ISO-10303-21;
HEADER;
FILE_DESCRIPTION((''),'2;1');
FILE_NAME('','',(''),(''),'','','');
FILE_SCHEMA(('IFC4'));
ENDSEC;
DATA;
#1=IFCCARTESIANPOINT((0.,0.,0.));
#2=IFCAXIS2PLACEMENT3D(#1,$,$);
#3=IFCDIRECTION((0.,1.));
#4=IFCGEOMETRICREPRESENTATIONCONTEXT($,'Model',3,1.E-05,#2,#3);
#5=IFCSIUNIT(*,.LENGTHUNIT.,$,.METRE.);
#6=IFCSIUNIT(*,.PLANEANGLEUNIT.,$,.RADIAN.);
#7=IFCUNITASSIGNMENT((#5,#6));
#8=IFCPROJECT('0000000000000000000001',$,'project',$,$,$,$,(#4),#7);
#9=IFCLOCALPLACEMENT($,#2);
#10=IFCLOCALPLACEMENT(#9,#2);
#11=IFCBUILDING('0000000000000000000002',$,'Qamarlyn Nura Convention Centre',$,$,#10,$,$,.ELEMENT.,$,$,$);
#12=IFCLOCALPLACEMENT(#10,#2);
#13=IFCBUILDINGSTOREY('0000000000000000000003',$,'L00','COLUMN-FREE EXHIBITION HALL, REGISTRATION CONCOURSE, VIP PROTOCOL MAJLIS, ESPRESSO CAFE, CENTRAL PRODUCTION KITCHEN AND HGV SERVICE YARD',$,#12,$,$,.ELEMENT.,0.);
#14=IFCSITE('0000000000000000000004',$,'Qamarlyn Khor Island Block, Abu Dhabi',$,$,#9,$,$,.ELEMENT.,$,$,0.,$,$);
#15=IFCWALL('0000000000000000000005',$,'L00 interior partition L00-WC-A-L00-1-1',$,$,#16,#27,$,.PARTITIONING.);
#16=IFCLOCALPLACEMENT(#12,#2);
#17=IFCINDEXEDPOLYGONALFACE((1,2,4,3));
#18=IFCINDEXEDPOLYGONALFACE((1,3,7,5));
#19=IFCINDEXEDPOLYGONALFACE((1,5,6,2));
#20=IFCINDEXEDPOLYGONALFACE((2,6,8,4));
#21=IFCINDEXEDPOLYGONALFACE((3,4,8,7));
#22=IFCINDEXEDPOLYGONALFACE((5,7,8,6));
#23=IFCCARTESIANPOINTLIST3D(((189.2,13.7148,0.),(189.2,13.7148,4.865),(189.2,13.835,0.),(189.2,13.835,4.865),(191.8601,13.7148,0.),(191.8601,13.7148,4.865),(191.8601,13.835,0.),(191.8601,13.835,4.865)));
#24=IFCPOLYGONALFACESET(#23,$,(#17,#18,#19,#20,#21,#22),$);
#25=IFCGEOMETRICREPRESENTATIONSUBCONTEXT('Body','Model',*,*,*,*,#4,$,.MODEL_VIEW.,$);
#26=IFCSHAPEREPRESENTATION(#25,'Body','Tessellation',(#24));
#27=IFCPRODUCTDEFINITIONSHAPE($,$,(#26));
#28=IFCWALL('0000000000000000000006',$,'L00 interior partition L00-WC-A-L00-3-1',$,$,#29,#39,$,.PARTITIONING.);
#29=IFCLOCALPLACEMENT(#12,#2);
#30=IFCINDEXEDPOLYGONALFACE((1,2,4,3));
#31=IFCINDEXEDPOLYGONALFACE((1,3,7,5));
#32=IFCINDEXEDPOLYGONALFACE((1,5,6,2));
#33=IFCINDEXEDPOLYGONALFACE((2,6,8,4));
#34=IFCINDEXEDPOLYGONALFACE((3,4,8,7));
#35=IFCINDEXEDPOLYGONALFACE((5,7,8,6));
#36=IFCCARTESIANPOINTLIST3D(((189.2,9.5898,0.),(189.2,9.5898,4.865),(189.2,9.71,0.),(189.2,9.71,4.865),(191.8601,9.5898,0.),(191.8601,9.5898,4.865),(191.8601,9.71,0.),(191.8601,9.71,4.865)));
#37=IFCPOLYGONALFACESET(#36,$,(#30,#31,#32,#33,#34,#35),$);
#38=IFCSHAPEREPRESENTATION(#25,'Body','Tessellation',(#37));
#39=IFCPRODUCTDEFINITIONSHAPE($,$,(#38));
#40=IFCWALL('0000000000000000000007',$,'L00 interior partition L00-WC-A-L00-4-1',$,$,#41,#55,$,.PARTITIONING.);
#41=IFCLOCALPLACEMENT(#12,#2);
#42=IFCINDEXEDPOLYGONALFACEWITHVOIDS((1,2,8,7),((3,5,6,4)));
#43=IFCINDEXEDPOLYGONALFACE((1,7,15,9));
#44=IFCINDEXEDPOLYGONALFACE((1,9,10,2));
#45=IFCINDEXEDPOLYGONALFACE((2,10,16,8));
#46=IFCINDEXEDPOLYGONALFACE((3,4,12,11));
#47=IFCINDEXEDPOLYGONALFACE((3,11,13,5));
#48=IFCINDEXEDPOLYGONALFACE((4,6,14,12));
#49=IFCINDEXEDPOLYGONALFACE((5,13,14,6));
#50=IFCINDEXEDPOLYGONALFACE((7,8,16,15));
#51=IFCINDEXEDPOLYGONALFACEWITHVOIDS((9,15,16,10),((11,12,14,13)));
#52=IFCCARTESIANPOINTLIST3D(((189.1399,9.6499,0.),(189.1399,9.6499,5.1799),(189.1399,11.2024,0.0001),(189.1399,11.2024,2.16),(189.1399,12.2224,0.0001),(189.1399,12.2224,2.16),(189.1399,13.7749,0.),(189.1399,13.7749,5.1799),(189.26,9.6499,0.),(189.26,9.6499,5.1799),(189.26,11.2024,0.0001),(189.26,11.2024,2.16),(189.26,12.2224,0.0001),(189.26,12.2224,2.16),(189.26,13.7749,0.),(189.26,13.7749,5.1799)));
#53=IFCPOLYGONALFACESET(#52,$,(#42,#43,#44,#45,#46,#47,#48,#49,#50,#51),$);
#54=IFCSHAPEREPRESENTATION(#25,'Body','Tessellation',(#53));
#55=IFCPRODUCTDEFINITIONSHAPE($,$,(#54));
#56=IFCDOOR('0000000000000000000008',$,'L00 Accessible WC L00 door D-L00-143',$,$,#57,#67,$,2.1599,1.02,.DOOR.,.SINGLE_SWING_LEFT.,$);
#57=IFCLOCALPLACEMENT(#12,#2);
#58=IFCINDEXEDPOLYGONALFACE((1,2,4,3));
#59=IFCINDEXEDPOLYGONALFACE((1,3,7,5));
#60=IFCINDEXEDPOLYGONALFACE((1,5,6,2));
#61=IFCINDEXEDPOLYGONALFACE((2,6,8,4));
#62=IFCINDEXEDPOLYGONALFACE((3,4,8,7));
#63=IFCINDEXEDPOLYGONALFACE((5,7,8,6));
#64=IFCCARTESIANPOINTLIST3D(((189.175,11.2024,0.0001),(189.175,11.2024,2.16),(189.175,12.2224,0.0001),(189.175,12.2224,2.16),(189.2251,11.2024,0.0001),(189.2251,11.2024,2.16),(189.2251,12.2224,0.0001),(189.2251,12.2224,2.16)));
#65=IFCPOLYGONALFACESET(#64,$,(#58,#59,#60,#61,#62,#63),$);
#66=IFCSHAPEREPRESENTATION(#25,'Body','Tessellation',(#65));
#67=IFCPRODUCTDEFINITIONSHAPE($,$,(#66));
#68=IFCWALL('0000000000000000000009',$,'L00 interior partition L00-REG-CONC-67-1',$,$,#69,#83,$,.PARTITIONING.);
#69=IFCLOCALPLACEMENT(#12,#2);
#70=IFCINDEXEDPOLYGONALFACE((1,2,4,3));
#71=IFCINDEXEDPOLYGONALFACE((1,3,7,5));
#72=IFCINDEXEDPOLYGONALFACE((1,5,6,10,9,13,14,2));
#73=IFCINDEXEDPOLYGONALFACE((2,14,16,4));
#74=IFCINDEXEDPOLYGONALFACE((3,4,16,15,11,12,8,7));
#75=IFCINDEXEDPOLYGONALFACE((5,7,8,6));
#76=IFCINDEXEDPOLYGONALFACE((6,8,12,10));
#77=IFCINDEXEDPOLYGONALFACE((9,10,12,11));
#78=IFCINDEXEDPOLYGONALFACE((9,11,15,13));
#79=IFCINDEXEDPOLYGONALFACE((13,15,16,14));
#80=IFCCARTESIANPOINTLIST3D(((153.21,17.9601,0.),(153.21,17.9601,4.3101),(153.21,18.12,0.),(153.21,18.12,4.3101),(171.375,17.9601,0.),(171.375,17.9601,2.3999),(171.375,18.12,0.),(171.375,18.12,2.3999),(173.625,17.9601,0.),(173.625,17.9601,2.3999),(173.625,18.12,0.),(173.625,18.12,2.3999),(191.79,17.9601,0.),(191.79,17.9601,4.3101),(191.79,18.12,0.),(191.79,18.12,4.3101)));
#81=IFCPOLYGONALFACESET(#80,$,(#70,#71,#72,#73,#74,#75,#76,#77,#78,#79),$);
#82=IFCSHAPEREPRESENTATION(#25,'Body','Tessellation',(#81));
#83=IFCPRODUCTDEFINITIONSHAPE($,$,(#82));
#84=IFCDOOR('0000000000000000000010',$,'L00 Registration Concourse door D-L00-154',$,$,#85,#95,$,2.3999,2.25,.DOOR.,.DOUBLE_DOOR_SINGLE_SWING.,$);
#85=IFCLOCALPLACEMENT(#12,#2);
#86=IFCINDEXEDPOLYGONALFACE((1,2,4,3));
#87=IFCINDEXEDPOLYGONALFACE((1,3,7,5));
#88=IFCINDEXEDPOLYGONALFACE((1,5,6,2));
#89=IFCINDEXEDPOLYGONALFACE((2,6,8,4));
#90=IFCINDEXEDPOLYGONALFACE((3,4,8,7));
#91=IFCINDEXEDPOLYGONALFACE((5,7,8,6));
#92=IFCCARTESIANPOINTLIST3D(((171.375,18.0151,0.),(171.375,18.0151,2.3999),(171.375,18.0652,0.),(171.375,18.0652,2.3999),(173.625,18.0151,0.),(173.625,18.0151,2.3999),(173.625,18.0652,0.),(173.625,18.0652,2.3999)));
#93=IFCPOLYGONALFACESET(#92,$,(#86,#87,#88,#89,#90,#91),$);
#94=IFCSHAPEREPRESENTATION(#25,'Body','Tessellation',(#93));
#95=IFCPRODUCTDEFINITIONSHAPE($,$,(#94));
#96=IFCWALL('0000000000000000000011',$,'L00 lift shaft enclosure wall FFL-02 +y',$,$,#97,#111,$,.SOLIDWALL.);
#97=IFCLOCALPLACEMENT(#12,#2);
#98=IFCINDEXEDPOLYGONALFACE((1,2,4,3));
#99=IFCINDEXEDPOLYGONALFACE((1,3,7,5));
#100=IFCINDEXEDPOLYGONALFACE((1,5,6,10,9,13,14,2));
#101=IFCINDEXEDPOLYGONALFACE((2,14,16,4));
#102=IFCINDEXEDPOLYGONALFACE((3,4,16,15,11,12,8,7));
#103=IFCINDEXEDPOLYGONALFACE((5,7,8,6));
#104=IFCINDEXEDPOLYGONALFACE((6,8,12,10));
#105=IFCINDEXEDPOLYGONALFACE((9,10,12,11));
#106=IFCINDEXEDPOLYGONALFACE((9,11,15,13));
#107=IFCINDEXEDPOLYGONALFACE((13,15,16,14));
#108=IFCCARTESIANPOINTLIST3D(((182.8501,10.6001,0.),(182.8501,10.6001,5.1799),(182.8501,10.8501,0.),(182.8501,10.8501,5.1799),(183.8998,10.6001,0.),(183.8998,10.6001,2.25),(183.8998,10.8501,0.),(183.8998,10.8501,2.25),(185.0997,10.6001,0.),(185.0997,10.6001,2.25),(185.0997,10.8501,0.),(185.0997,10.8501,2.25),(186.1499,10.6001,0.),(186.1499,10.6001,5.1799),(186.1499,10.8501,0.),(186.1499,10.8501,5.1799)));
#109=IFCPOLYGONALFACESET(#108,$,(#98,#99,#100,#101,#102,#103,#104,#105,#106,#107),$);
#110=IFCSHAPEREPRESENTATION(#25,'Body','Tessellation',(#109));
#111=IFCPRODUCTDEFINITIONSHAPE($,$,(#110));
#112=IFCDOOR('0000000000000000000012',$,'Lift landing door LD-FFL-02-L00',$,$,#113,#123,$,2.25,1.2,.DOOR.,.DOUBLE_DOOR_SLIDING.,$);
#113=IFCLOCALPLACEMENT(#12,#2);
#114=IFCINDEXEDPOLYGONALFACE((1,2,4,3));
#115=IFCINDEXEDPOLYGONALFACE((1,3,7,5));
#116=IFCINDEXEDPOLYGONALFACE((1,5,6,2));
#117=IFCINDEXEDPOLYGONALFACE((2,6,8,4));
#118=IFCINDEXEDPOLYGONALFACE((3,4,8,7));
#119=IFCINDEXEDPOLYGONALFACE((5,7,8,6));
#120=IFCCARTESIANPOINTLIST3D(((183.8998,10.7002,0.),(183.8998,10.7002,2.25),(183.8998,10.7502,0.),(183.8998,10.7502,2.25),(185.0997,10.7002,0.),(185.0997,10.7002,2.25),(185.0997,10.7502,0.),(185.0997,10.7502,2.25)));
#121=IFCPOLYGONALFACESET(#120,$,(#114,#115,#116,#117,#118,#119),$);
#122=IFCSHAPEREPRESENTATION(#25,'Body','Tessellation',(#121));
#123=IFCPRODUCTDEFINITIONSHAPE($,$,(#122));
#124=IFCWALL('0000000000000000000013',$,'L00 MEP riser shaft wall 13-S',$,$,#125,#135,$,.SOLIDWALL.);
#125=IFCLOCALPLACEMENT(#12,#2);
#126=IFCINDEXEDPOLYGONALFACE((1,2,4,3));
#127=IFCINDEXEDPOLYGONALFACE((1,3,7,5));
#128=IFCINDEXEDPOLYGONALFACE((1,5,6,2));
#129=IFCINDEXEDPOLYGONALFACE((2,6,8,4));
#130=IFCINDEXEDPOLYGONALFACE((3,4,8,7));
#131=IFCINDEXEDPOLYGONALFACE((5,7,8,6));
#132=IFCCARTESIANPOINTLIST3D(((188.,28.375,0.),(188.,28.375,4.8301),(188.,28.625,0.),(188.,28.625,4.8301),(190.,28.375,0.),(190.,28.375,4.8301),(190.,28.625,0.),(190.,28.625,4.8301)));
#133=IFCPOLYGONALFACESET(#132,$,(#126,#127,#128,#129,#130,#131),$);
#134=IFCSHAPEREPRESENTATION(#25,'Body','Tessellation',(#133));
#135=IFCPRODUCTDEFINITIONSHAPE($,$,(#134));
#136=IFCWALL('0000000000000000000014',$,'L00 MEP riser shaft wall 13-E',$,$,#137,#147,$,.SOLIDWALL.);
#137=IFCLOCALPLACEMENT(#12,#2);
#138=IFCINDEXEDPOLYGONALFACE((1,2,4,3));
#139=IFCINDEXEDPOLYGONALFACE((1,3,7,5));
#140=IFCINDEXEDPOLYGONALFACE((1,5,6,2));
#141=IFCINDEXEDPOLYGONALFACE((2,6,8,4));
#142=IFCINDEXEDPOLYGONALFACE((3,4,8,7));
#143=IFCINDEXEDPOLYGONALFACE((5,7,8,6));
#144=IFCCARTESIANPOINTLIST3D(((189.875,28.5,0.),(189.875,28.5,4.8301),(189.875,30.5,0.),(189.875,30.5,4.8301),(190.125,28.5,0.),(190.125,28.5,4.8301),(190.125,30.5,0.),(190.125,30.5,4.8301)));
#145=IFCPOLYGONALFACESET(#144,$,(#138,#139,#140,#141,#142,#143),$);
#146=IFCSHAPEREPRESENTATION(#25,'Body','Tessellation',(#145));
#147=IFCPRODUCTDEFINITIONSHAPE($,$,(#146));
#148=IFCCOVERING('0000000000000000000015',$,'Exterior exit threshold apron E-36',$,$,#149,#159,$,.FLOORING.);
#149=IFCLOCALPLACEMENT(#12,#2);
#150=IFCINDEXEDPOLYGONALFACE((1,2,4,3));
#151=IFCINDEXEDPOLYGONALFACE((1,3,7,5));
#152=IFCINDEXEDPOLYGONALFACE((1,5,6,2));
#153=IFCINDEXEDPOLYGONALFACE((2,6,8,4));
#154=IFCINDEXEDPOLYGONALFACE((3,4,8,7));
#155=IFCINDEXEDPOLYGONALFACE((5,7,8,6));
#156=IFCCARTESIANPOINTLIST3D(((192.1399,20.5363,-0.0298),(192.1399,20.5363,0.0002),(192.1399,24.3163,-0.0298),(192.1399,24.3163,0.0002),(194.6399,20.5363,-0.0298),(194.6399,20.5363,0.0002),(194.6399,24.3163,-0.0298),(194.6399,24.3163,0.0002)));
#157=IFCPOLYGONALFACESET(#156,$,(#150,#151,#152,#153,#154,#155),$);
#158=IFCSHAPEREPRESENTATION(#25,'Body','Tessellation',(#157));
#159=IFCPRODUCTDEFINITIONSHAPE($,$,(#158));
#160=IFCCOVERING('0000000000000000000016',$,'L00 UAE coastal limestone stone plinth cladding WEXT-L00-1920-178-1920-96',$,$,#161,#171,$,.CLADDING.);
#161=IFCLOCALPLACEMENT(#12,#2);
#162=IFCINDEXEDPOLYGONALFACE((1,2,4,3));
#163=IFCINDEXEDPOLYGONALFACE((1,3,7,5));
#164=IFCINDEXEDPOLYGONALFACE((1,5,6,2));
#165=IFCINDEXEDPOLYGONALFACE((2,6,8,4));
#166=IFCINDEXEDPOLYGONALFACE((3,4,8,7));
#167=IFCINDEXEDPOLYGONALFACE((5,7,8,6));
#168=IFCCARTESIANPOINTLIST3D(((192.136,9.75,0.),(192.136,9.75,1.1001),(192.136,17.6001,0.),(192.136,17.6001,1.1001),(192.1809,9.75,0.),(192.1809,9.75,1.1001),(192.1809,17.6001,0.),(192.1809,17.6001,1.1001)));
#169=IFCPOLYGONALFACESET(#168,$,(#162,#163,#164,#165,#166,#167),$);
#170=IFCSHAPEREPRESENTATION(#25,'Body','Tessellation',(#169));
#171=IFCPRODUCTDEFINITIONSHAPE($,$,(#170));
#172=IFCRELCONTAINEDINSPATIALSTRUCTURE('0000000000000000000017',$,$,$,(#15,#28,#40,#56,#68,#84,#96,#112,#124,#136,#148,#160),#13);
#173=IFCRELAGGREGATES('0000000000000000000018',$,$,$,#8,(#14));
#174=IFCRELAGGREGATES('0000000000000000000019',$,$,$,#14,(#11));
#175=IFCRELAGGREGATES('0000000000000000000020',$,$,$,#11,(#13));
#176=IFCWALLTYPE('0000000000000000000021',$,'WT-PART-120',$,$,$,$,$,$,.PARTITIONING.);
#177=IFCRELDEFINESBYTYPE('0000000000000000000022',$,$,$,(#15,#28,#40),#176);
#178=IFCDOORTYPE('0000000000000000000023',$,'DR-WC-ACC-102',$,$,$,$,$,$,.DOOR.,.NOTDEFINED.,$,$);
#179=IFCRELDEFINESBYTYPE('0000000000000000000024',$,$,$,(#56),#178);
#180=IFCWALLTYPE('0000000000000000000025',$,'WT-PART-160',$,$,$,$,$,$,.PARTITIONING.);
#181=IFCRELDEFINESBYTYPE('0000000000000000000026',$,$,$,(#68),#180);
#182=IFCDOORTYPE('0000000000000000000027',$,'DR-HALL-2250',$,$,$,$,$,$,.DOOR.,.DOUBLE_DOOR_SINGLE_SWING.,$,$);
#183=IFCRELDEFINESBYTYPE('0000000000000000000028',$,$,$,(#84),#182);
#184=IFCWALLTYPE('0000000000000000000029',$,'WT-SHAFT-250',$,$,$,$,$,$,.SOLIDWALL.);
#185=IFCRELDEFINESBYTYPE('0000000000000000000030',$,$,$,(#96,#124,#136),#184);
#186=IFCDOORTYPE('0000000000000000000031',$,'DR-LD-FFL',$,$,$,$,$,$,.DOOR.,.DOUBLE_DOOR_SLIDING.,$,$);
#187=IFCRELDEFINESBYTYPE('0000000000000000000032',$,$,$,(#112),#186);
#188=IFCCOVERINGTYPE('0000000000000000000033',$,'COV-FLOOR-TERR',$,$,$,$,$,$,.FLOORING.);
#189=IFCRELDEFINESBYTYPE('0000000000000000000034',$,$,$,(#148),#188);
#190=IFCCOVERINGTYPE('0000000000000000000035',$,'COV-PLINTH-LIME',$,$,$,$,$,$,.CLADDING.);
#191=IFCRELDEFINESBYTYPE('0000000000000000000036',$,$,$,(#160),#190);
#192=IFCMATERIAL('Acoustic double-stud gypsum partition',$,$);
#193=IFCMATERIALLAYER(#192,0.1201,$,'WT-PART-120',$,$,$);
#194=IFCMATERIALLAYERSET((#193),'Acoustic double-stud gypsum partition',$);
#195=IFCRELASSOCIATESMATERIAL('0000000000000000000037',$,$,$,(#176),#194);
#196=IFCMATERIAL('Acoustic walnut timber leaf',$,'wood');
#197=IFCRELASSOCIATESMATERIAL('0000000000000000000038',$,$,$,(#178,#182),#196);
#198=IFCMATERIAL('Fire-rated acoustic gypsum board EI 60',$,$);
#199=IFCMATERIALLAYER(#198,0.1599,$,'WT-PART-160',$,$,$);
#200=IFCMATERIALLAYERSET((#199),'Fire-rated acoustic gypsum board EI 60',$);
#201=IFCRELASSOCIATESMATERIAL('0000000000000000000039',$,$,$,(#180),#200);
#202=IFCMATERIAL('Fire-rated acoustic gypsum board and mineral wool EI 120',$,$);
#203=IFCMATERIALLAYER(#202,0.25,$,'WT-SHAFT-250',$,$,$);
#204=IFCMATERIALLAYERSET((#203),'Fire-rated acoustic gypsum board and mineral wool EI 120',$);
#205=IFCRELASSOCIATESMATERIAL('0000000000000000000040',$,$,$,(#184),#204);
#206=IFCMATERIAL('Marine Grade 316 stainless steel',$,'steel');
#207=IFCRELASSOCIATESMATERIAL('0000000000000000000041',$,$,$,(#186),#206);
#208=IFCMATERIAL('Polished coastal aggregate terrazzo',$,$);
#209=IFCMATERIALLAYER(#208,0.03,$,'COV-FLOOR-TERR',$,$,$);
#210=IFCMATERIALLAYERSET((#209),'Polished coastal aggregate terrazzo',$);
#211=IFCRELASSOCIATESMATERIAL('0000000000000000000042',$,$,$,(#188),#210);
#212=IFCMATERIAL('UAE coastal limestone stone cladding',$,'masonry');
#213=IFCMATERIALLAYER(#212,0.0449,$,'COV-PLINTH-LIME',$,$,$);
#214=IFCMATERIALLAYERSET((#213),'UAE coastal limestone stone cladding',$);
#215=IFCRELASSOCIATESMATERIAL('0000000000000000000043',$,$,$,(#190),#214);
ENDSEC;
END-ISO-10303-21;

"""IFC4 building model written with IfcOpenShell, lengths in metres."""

from ifc_helpers import new_model, si_unit, direction, frame, frame_2d, origin, origin_2d, place, context, subcontext, project, spatial, rectangle, extrude, material, layer, layer_set, type_object, element, fill, save


model = new_model("IFC4")

# Units and contexts
model_context = context("Model", 3, precision=1e-05, world=origin(), true_north=direction((0.0, 1.0)))
body_context = subcontext(model_context, "Body", "Model", "MODEL_VIEW")
ifc_project = project(units=[si_unit("LENGTHUNIT", "METRE"), si_unit("PLANEANGLEUNIT", "RADIAN")], contexts=[model_context])

# Site, building, storey
site_placement = place(None, origin())
site = spatial("IfcSite", under=ifc_project, at=site_placement, Name="Qamarlyn Khor Island Block, Abu Dhabi", CompositionType="ELEMENT", RefElevation=0.0)
building_placement = place(site_placement, origin())
building = spatial("IfcBuilding", under=site, at=building_placement, Name="Qamarlyn Nura Convention Centre", CompositionType="ELEMENT")
storey_placement = place(building_placement, origin())
storey = spatial("IfcBuildingStorey", under=building, at=storey_placement, Name="L00", Description="COLUMN-FREE EXHIBITION HALL, REGISTRATION CONCOURSE, VIP PROTOCOL MAJLIS, ESPRESSO CAFE, CENTRAL PRODUCTION KITCHEN AND HGV SERVICE YARD", CompositionType="ELEMENT", Elevation=0.0)

# Shared definitions
ifc_material_1 = material(Name="Fire-rated acoustic gypsum board and mineral wool EI 120")

# Walls
ifc_material_2 = material(Name="Acoustic double-stud gypsum partition")
ifc_layer_1 = layer(ifc_material_2, 0.1201, Name="WT-PART-120")
ifc_layer_set_1 = layer_set([ifc_layer_1], Name="Acoustic double-stud gypsum partition")
wall_type_1 = type_object("IfcWallType", Name="WT-PART-120", PredefinedType="PARTITIONING", material=ifc_layer_set_1)
for number, where, z_axis, x_axis, name in (
    (1, (189.2, 13.7749, 0.0), (0.0, 0.0, 1.0), (1.0, 0.0, 0.0), "L00 interior partition L00-WC-A-L00-1-1"),
    (2, (191.8601, 9.6499, 0.0), (0.0, 0.0, 1.0), (-1.0, 0.0, 0.0), "L00 interior partition L00-WC-A-L00-3-1"),
):
    element("IfcWall", number, at=place(storey_placement, frame(where, z_axis=z_axis, x_axis=x_axis)), inside=storey, type_object=wall_type_1, Name=name, PredefinedType="PARTITIONING", context=body_context, shape_type="SweptSolid", body=[
        extrude(rectangle(XDim=2.6602, YDim=0.1201, at=frame_2d((1.3301, 0.0))), origin(), (0.0, 0.0, 1.0), 4.865),
    ])

# Walls, openings, doors
wall_1_placement = place(storey_placement, frame((189.2, 9.6499, 0.0), z_axis=(0.0, 0.0, 1.0), x_axis=(0.0, 1.0, 0.0)))
wall_1 = element("IfcWall", 3, at=wall_1_placement, inside=storey, type_object=wall_type_1, Name="L00 interior partition L00-WC-A-L00-4-1", PredefinedType="PARTITIONING", context=body_context, shape_type="SweptSolid", body=[
    extrude(rectangle(XDim=4.125, YDim=0.1201, at=frame_2d((2.0625, 0.0))), origin(), (0.0, 0.0, 1.0), 5.1799),
])
opening_1_placement = place(wall_1_placement, frame((1.5525, 0.0, 0.0)))
opening_1 = element("IfcOpeningElement", 4, at=opening_1_placement, cuts=wall_1, PredefinedType="OPENING", context=body_context, shape_type="SweptSolid", body=[
    extrude(rectangle(XDim=1.02, YDim=2.1599, at=frame_2d((0.51, 1.0801))), frame((0.0, 0.0701, 0.0), z_axis=(0.0, -1.0, 0.0), x_axis=(1.0, 0.0, 0.0)), (0.0, 0.0, 1.0), 0.1401),
])
ifc_material_3 = material(Name="Acoustic walnut timber leaf", Category="wood")
door_type_1 = type_object("IfcDoorType", Name="DR-WC-ACC-102", OperationType="NOTDEFINED", PredefinedType="DOOR", material=ifc_material_3)
door_1_placement = place(opening_1_placement, origin())
door_1 = element("IfcDoor", 5, at=door_1_placement, inside=storey, type_object=door_type_1, Name="L00 Accessible WC L00 door D-L00-143", OperationType="SINGLE_SWING_LEFT", OverallHeight=2.1599, OverallWidth=1.02, PredefinedType="DOOR", context=body_context, shape_type="SweptSolid", body=[
    extrude(rectangle(XDim=1.02, YDim=2.1599, at=frame_2d((0.51, 1.0801))), frame((0.0, 0.0249, 0.0), z_axis=(0.0, -1.0, 0.0), x_axis=(1.0, 0.0, 0.0)), (0.0, 0.0, 1.0), 0.05),
])
fill(opening_1, door_1)
ifc_material_4 = material(Name="Fire-rated acoustic gypsum board EI 60")
ifc_layer_2 = layer(ifc_material_4, 0.1599, Name="WT-PART-160")
ifc_layer_set_2 = layer_set([ifc_layer_2], Name="Fire-rated acoustic gypsum board EI 60")
wall_type_2 = type_object("IfcWallType", Name="WT-PART-160", PredefinedType="PARTITIONING", material=ifc_layer_set_2)
wall_2_placement = place(storey_placement, frame((191.79, 18.04, 0.0), z_axis=(0.0, 0.0, 1.0), x_axis=(-1.0, 0.0, 0.0)))
wall_2 = element("IfcWall", 6, at=wall_2_placement, inside=storey, type_object=wall_type_2, Name="L00 interior partition L00-REG-CONC-67-1", PredefinedType="PARTITIONING", context=body_context, shape_type="SweptSolid", body=[
    extrude(rectangle(XDim=38.5801, YDim=0.1599, at=frame_2d((19.29, 0.0))), origin(), (0.0, 0.0, 1.0), 4.3101),
])
opening_2_placement = place(wall_2_placement, frame((18.165, 0.0, 0.0)))
opening_2 = element("IfcOpeningElement", 7, at=opening_2_placement, cuts=wall_2, PredefinedType="OPENING", context=body_context, shape_type="SweptSolid", body=[
    extrude(rectangle(XDim=2.25, YDim=2.3999, at=frame_2d((1.125, 1.2))), frame((0.0, 0.0898, 0.0), z_axis=(0.0, -1.0, 0.0), x_axis=(1.0, 0.0, 0.0)), (0.0, 0.0, 1.0), 0.1799),
])
door_type_2 = type_object("IfcDoorType", Name="DR-HALL-2250", OperationType="DOUBLE_DOOR_SINGLE_SWING", PredefinedType="DOOR", material=ifc_material_3)
door_2_placement = place(opening_2_placement, origin())
door_2 = element("IfcDoor", 8, at=door_2_placement, inside=storey, type_object=door_type_2, Name="L00 Registration Concourse door D-L00-154", OperationType="DOUBLE_DOOR_SINGLE_SWING", OverallHeight=2.3999, OverallWidth=2.25, PredefinedType="DOOR", context=body_context, shape_type="SweptSolid", body=[
    extrude(rectangle(XDim=2.25, YDim=2.3999, at=frame_2d((1.125, 1.2))), frame((0.0, 0.0249, 0.0), z_axis=(0.0, -1.0, 0.0), x_axis=(1.0, 0.0, 0.0)), (0.0, 0.0, 1.0), 0.05),
])
fill(opening_2, door_2)
ifc_layer_3 = layer(ifc_material_1, 0.25, Name="WT-SHAFT-250")
ifc_layer_set_3 = layer_set([ifc_layer_3], Name="Fire-rated acoustic gypsum board and mineral wool EI 120")
wall_type_3 = type_object("IfcWallType", Name="WT-SHAFT-250", PredefinedType="SOLIDWALL", material=ifc_layer_set_3)
wall_3_placement = place(storey_placement, frame((186.1499, 10.7251, 0.0), z_axis=(0.0, 0.0, 1.0), x_axis=(-1.0, 0.0, 0.0)))
wall_3 = element("IfcWall", 9, at=wall_3_placement, inside=storey, type_object=wall_type_3, Name="L00 lift shaft enclosure wall FFL-02 +y", PredefinedType="SOLIDWALL", context=body_context, shape_type="SweptSolid", body=[
    extrude(rectangle(XDim=3.2998, YDim=0.25, at=frame_2d((1.6499, 0.0))), origin(), (0.0, 0.0, 1.0), 5.1799),
])
opening_3_placement = place(wall_3_placement, frame((1.05, 0.0, 0.0)))
opening_3 = element("IfcOpeningElement", 10, at=opening_3_placement, cuts=wall_3, PredefinedType="OPENING", context=body_context, shape_type="SweptSolid", body=[
    extrude(rectangle(XDim=1.2, YDim=2.25, at=frame_2d((0.6001, 1.125))), frame((0.0, 0.135, 0.0), z_axis=(0.0, -1.0, 0.0), x_axis=(1.0, 0.0, 0.0)), (0.0, 0.0, 1.0), 0.27),
])
ifc_material_5 = material(Name="Marine Grade 316 stainless steel", Category="steel")
door_type_3 = type_object("IfcDoorType", Name="DR-LD-FFL", OperationType="DOUBLE_DOOR_SLIDING", PredefinedType="DOOR", material=ifc_material_5)
door_3_placement = place(opening_3_placement, origin())
door_3 = element("IfcDoor", 11, at=door_3_placement, inside=storey, type_object=door_type_3, Name="Lift landing door LD-FFL-02-L00", OperationType="DOUBLE_DOOR_SLIDING", OverallHeight=2.25, OverallWidth=1.2, PredefinedType="DOOR", context=body_context, shape_type="SweptSolid", body=[
    extrude(rectangle(XDim=1.2, YDim=2.25, at=frame_2d((0.6001, 1.125))), frame((0.0, 0.0249, 0.0), z_axis=(0.0, -1.0, 0.0), x_axis=(1.0, 0.0, 0.0)), (0.0, 0.0, 1.0), 0.05),
])
fill(opening_3, door_3)

# Walls
for number, where, z_axis, x_axis, name in (
    (12, (188.0, 28.5, 0.0), (0.0, 0.0, 1.0), (1.0, 0.0, 0.0), "L00 MEP riser shaft wall 13-S"),
    (13, (190.0, 28.5, 0.0), (0.0, 0.0, 1.0), (0.0, 1.0, 0.0), "L00 MEP riser shaft wall 13-E"),
):
    element("IfcWall", number, at=place(storey_placement, frame(where, z_axis=z_axis, x_axis=x_axis)), inside=storey, type_object=wall_type_3, Name=name, PredefinedType="SOLIDWALL", context=body_context, shape_type="SweptSolid", body=[
        extrude(rectangle(XDim=2.0, YDim=0.25, at=frame_2d((1.0, 0.0))), origin(), (0.0, 0.0, 1.0), 4.8301),
    ])

# Coverings
ifc_material_6 = material(Name="Polished coastal aggregate terrazzo")
ifc_layer_4 = layer(ifc_material_6, 0.03, Name="COV-FLOOR-TERR")
ifc_layer_set_4 = layer_set([ifc_layer_4], Name="Polished coastal aggregate terrazzo")
covering_type_1 = type_object("IfcCoveringType", Name="COV-FLOOR-TERR", PredefinedType="FLOORING", material=ifc_layer_set_4)
covering_1_placement = place(storey_placement, frame((193.3899, 22.4263, -0.0298), z_axis=(0.0, 0.0, 1.0), x_axis=(0.0, -1.0, 0.0)))
element("IfcCovering", 14, at=covering_1_placement, inside=storey, type_object=covering_type_1, Name="Exterior exit threshold apron E-36", PredefinedType="FLOORING", context=body_context, shape_type="SweptSolid", body=[
    extrude(rectangle(XDim=3.78, YDim=2.5, at=origin_2d()), origin(), (0.0, 0.0, 1.0), 0.03),
])
ifc_material_7 = material(Name="UAE coastal limestone stone cladding", Category="masonry")
ifc_layer_5 = layer(ifc_material_7, 0.0449, Name="COV-PLINTH-LIME")
ifc_layer_set_5 = layer_set([ifc_layer_5], Name="UAE coastal limestone stone cladding")
covering_type_2 = type_object("IfcCoveringType", Name="COV-PLINTH-LIME", PredefinedType="CLADDING", material=ifc_layer_set_5)
covering_2_placement = place(storey_placement, frame((192.1584, 13.675, 0.0), z_axis=(0.0, 0.0, 1.0), x_axis=(0.0, -1.0, 0.0)))
element("IfcCovering", 15, at=covering_2_placement, inside=storey, type_object=covering_type_2, Name="L00 UAE coastal limestone stone plinth cladding WEXT-L00-1920-178-1920-96", PredefinedType="CLADDING", context=body_context, shape_type="SweptSolid", body=[
    extrude(rectangle(XDim=7.8501, YDim=0.0449, at=origin_2d()), origin(), (0.0, 0.0, 1.0), 1.1001),
])

save(model, "model.ifc")
